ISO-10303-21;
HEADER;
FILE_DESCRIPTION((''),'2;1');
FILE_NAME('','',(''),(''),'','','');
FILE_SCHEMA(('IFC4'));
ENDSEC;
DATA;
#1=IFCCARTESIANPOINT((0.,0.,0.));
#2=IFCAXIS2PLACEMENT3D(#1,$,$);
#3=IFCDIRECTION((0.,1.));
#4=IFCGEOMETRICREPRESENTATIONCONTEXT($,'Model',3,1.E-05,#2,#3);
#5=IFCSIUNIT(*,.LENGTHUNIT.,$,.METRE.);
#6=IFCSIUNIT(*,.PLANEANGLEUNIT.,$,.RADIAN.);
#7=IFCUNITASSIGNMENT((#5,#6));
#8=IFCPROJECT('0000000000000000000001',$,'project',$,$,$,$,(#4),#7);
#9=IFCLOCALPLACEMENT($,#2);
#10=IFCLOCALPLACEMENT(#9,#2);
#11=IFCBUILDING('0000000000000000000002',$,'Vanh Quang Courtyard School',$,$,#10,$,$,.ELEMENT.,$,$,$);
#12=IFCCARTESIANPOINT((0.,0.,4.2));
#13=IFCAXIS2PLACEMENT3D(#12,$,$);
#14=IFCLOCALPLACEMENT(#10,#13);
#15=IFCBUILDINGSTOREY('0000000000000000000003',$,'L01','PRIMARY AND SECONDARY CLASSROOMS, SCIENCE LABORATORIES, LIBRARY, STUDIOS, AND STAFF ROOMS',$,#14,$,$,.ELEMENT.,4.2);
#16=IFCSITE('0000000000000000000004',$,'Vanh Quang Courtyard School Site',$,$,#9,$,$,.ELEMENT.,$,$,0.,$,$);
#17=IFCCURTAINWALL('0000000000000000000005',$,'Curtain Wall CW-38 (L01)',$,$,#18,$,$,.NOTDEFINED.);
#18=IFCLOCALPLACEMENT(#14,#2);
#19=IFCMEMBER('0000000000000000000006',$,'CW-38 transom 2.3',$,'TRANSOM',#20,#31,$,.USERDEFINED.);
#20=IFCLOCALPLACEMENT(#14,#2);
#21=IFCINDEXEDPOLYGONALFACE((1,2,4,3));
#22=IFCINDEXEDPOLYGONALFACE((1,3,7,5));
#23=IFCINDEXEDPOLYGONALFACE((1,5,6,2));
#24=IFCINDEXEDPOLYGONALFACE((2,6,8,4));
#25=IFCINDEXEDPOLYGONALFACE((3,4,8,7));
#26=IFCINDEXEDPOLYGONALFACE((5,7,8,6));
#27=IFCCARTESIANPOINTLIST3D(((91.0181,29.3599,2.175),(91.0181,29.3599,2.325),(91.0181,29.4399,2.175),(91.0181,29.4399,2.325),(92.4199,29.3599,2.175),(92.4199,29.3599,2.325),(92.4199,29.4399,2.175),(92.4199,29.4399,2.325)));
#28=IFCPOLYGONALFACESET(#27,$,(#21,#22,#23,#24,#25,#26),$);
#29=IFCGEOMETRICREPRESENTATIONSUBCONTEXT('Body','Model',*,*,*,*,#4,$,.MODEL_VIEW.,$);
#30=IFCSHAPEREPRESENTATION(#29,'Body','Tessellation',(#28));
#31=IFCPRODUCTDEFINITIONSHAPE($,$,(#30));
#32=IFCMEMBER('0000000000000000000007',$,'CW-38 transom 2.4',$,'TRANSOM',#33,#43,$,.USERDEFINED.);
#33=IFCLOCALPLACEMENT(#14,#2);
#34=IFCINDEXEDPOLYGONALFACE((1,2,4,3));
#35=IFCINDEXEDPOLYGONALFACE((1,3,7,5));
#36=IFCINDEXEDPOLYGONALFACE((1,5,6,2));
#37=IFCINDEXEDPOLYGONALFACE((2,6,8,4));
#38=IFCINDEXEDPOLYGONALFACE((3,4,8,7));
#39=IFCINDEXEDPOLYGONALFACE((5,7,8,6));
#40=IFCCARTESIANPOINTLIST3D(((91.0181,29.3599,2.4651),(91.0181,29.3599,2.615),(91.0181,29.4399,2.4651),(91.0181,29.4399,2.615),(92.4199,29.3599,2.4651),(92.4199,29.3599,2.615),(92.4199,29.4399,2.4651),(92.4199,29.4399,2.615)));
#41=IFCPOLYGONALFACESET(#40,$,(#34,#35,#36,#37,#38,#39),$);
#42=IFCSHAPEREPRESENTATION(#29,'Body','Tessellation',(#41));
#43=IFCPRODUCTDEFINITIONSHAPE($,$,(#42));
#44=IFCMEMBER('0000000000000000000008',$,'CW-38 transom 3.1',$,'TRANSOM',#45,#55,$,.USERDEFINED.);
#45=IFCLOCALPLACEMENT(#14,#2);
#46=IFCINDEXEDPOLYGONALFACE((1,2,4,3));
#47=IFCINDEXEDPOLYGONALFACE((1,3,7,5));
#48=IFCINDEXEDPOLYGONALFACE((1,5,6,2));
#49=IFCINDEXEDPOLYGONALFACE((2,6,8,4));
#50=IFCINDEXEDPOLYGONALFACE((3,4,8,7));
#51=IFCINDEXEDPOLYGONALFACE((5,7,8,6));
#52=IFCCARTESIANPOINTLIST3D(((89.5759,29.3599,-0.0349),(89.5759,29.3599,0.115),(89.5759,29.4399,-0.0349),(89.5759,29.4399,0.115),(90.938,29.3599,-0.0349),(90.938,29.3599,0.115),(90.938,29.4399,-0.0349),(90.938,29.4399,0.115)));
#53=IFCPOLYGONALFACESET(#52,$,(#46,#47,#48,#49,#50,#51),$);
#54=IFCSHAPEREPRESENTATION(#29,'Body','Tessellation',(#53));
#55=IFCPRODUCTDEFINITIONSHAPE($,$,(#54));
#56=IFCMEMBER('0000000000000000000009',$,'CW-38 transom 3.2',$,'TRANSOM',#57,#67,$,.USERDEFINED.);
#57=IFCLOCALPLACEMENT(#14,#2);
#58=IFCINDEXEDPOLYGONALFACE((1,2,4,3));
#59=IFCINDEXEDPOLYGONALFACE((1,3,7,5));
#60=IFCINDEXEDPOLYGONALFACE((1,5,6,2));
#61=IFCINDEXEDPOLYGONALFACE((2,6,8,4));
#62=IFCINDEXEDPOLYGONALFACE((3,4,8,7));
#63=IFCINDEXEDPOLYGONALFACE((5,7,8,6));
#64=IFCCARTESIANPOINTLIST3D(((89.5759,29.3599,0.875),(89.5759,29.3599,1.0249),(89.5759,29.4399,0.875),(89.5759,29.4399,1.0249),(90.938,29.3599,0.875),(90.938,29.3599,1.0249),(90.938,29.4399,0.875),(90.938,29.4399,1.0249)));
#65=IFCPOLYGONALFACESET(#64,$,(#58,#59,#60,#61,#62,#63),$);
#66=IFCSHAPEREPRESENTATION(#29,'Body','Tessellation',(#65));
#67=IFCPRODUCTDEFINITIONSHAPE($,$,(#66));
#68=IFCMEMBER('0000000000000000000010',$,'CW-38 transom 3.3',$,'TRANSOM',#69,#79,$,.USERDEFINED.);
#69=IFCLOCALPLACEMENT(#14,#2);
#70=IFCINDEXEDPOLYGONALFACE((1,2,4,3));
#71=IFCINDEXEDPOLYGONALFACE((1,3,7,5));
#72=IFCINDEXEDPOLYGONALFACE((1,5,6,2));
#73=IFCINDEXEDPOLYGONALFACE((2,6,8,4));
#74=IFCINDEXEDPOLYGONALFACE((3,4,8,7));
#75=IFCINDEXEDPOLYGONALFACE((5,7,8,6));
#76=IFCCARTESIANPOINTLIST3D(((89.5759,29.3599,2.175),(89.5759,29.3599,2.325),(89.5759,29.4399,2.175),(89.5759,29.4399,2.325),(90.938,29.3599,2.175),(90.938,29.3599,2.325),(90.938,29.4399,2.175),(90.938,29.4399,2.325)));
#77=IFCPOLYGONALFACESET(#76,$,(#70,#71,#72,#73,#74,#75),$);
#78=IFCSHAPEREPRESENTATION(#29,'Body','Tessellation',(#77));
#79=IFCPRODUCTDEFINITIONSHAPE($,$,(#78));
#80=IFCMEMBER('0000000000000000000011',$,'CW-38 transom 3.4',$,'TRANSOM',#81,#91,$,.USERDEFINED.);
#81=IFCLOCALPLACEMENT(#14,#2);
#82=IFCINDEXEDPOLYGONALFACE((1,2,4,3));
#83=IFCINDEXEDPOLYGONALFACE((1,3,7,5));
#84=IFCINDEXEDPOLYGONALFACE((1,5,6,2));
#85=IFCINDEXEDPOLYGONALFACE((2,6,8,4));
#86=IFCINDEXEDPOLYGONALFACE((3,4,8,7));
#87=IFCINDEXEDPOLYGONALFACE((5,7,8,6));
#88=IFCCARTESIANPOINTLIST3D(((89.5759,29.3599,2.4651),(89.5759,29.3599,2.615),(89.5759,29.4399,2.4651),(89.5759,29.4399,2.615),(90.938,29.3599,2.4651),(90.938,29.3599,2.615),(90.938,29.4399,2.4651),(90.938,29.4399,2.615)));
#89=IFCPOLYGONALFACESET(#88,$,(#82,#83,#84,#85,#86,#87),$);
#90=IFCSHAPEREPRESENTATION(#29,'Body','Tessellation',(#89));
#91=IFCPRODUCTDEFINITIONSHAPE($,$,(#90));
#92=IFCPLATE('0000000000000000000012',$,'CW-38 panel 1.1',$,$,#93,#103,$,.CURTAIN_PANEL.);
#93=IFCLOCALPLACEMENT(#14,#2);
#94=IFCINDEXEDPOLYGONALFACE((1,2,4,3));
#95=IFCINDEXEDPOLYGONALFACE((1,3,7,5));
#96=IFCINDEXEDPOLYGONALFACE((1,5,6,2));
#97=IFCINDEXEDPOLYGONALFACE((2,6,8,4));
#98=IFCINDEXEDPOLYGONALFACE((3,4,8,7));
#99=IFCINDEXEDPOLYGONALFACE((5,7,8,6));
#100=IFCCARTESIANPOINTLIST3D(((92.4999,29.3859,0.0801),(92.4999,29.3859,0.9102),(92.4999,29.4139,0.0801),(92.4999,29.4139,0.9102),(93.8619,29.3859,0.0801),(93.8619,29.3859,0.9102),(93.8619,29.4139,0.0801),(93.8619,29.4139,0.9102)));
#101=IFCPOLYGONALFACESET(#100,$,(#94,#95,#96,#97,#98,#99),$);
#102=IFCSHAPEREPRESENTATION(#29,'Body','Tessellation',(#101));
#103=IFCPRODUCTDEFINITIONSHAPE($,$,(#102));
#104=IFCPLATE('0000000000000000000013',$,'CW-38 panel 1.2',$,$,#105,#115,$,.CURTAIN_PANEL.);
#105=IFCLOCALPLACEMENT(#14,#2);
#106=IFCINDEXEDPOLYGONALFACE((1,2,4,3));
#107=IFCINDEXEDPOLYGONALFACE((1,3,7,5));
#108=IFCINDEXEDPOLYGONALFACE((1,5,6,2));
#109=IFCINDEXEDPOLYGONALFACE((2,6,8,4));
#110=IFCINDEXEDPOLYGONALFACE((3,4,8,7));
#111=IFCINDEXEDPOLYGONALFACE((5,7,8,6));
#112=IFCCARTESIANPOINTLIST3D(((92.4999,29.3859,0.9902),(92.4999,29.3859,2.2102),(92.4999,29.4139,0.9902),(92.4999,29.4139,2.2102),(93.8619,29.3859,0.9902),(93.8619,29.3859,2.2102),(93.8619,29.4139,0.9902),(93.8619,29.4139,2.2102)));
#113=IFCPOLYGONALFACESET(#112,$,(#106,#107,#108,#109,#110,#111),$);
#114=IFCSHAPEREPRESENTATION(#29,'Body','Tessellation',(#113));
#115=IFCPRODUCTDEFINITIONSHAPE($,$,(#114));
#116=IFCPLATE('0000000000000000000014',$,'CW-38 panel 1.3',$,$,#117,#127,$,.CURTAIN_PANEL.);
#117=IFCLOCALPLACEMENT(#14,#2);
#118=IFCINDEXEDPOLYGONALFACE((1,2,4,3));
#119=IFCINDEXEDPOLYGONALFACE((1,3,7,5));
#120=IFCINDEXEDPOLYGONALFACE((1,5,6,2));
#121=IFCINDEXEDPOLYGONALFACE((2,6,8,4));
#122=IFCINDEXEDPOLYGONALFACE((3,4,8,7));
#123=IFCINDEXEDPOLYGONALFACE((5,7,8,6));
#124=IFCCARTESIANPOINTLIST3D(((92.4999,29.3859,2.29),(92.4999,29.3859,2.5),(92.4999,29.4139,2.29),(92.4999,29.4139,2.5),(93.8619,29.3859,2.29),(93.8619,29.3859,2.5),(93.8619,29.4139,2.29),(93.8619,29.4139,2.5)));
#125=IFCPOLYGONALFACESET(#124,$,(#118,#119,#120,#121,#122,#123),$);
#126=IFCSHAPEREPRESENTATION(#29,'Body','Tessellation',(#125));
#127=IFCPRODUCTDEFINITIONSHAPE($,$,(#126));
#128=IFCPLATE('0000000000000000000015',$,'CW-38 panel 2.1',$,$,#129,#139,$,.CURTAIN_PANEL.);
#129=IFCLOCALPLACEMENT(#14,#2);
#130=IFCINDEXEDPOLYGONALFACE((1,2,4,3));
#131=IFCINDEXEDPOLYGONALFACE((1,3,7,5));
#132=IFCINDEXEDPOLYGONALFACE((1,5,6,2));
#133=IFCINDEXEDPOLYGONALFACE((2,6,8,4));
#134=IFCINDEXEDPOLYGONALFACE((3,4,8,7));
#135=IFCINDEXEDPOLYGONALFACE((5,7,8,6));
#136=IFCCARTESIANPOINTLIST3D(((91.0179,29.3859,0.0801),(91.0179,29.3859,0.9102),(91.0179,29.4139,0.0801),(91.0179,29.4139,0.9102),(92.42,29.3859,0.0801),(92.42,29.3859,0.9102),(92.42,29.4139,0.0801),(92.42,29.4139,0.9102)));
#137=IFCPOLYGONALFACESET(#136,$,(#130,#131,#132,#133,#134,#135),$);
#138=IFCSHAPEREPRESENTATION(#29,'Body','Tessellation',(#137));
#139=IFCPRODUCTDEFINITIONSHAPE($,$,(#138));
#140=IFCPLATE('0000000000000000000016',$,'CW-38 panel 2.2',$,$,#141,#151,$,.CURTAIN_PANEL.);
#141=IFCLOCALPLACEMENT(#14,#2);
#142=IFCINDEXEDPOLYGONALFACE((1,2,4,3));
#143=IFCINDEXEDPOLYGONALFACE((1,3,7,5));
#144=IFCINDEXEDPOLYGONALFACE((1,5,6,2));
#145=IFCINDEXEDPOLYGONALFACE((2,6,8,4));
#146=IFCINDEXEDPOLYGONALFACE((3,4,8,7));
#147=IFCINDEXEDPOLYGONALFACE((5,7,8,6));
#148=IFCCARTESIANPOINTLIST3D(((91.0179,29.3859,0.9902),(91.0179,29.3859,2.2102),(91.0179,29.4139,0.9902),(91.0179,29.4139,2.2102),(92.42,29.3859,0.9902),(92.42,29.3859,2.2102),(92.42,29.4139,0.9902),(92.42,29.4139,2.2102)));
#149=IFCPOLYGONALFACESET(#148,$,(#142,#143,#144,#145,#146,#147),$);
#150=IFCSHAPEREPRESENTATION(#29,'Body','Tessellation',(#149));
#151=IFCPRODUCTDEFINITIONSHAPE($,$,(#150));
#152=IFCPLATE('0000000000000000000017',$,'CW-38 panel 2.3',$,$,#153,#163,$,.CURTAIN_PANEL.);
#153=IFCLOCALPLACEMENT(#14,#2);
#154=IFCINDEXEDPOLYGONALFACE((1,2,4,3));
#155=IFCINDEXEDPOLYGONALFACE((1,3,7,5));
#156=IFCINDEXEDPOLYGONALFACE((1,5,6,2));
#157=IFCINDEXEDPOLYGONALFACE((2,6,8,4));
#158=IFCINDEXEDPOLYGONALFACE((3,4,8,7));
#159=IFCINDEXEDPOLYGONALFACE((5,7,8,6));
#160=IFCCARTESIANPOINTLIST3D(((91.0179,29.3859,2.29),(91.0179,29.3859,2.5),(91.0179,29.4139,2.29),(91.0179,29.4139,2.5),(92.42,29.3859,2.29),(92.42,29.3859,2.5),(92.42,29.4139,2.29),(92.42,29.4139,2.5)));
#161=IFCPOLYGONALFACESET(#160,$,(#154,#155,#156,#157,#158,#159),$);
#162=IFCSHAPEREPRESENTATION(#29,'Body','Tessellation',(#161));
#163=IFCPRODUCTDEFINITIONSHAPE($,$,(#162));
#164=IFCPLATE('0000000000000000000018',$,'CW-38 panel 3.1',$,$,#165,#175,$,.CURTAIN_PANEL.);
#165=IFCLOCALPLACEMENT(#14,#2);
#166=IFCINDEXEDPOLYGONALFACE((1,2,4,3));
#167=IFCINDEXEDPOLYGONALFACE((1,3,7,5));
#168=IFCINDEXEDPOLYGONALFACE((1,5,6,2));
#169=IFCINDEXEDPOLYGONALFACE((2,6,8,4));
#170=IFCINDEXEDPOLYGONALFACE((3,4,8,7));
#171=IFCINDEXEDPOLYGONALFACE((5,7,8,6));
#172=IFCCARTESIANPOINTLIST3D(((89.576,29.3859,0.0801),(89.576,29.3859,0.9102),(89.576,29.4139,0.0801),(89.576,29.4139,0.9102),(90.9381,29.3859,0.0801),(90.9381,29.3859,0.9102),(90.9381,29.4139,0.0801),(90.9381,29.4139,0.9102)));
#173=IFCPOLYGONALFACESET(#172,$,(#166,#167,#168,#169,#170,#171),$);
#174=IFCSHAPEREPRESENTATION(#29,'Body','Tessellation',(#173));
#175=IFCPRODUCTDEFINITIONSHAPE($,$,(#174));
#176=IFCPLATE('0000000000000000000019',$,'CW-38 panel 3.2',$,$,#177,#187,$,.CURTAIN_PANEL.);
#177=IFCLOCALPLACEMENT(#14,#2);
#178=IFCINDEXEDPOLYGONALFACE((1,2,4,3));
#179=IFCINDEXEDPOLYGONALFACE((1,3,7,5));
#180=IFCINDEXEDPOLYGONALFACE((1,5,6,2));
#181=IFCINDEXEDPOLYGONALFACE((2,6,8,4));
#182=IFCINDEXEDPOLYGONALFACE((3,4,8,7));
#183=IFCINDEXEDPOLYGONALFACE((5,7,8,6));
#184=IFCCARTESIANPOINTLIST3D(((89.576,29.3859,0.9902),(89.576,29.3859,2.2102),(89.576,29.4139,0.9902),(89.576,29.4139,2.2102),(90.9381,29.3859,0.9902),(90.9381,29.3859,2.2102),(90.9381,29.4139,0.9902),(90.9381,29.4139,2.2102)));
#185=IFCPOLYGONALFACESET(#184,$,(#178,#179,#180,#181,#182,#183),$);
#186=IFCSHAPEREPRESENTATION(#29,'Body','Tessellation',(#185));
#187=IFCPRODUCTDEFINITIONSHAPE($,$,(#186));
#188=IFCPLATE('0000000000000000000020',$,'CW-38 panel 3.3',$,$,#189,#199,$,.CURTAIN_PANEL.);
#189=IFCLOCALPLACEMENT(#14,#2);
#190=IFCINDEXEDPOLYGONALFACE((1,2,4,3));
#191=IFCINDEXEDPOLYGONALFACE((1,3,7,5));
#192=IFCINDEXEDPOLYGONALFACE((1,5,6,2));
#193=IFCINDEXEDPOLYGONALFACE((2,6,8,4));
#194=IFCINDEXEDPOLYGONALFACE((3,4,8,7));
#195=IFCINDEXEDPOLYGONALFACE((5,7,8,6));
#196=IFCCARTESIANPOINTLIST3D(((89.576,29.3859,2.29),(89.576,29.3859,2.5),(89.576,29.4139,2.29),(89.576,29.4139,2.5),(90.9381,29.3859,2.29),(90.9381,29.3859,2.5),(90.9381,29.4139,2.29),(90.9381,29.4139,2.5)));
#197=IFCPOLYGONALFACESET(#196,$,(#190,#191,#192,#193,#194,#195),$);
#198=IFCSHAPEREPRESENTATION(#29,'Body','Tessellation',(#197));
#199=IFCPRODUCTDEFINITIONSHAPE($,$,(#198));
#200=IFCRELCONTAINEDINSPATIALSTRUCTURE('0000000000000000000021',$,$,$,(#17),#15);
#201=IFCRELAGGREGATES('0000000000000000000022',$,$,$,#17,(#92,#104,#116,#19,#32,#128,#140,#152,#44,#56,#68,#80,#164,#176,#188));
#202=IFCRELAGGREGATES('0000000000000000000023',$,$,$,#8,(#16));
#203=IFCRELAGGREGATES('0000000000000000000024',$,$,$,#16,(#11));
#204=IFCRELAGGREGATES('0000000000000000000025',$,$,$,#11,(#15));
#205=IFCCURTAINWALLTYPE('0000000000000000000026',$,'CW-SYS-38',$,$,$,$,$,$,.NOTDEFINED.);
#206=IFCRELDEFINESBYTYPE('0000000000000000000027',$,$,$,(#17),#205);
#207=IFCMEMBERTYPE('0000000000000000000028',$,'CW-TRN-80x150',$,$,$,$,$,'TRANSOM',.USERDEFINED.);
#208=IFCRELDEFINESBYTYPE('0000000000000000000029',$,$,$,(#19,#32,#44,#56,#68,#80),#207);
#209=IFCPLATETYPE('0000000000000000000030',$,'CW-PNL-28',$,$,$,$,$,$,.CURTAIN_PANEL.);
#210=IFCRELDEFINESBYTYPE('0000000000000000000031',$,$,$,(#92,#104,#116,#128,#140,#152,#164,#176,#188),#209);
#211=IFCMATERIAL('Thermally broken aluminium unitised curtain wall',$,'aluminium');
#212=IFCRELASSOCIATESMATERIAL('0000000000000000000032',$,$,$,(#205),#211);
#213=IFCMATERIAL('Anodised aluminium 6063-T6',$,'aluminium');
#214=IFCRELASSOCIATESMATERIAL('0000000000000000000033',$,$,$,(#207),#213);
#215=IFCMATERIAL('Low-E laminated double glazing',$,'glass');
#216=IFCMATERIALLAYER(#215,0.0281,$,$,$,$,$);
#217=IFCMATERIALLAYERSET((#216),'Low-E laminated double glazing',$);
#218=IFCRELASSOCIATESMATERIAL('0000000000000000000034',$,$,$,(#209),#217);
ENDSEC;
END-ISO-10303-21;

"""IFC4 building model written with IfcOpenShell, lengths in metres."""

from ifc_helpers import new_model, si_unit, direction, frame, origin, origin_2d, place, context, subcontext, project, spatial, rectangle, extrude, material, layer, layer_set, material_profile, profile_set, type_object, element, aggregate, save


model = new_model("IFC4")

# Units and contexts
model_context = context("Model", 3, precision=1e-05, world=origin(), true_north=direction((0.0, 1.0)))
body_context = subcontext(model_context, "Body", "Model", "MODEL_VIEW")
ifc_project = project(units=[si_unit("LENGTHUNIT", "METRE"), si_unit("PLANEANGLEUNIT", "RADIAN")], contexts=[model_context])

# Site, building, storey
site_placement = place(None, origin())
site = spatial("IfcSite", under=ifc_project, at=site_placement, Name="Vanh Quang Courtyard School Site", CompositionType="ELEMENT", RefElevation=0.0)
building_placement = place(site_placement, origin())
building = spatial("IfcBuilding", under=site, at=building_placement, Name="Vanh Quang Courtyard School", CompositionType="ELEMENT")
storey_placement = place(building_placement, frame((0.0, 0.0, 4.2)))
storey = spatial("IfcBuildingStorey", under=building, at=storey_placement, Name="L01", Description="PRIMARY AND SECONDARY CLASSROOMS, SCIENCE LABORATORIES, LIBRARY, STUDIOS, AND STAFF ROOMS", CompositionType="ELEMENT", Elevation=4.2)

# Shared definitions
ifc_material_1 = material(Name="Thermally broken aluminium unitised curtain wall", Category="aluminium")
curtain_wall_type = type_object("IfcCurtainWallType", Name="CW-SYS-38", PredefinedType="NOTDEFINED", material=ifc_material_1)
ifc_material_2 = material(Name="Anodised aluminium 6063-T6", Category="aluminium")

# Curtain wall
curtain_wall_1_placement = place(storey_placement, origin())
curtain_wall_1 = element("IfcCurtainWall", 1, at=curtain_wall_1_placement, inside=storey, type_object=curtain_wall_type, Name="Curtain Wall CW-38 (L01)", PredefinedType="NOTDEFINED")

# Members
ifc_material_profile_1 = material_profile(ifc_material_2, rectangle(XDim=0.0801, YDim=0.1499, at=origin_2d()), Name="ALU-TRN 80x150")
ifc_profile_set_1 = profile_set([ifc_material_profile_1], Name="Anodised aluminium 6063-T6")
member_type_1 = type_object("IfcMemberType", Name="CW-TRN-80x150", ElementType="TRANSOM", PredefinedType="USERDEFINED", material=ifc_profile_set_1)
member_1_placement = place(storey_placement, frame((92.4199, 29.3999, 2.25), z_axis=(-1.0, 0.0, 0.0), x_axis=(0.0, -1.0, 0.0)))
member_1 = element("IfcMember", 2, at=member_1_placement, type_object=member_type_1, Name="CW-38 transom 2.3", ObjectType="TRANSOM", PredefinedType="USERDEFINED", context=body_context, shape_type="SweptSolid", body=[
    extrude(rectangle(XDim=0.0801, YDim=0.1499, at=origin_2d()), origin(), (0.0, 0.0, 1.0), 1.4019),
])
member_2_placement = place(storey_placement, frame((92.4199, 29.3999, 2.54), z_axis=(-1.0, 0.0, 0.0), x_axis=(0.0, -1.0, 0.0)))
member_2 = element("IfcMember", 3, at=member_2_placement, type_object=member_type_1, Name="CW-38 transom 2.4", ObjectType="TRANSOM", PredefinedType="USERDEFINED", context=body_context, shape_type="SweptSolid", body=[
    extrude(rectangle(XDim=0.0801, YDim=0.1499, at=origin_2d()), origin(), (0.0, 0.0, 1.0), 1.4019),
])
member_3_placement = place(storey_placement, frame((90.938, 29.3999, 0.04), z_axis=(-1.0, 0.0, 0.0), x_axis=(0.0, -1.0, 0.0)))
member_3 = element("IfcMember", 4, at=member_3_placement, type_object=member_type_1, Name="CW-38 transom 3.1", ObjectType="TRANSOM", PredefinedType="USERDEFINED", context=body_context, shape_type="SweptSolid", body=[
    extrude(rectangle(XDim=0.0801, YDim=0.1499, at=origin_2d()), origin(), (0.0, 0.0, 1.0), 1.3621),
])
member_4_placement = place(storey_placement, frame((90.938, 29.3999, 0.95), z_axis=(-1.0, 0.0, 0.0), x_axis=(0.0, -1.0, 0.0)))
member_4 = element("IfcMember", 5, at=member_4_placement, type_object=member_type_1, Name="CW-38 transom 3.2", ObjectType="TRANSOM", PredefinedType="USERDEFINED", context=body_context, shape_type="SweptSolid", body=[
    extrude(rectangle(XDim=0.0801, YDim=0.1499, at=origin_2d()), origin(), (0.0, 0.0, 1.0), 1.3621),
])
member_5_placement = place(storey_placement, frame((90.938, 29.3999, 2.25), z_axis=(-1.0, 0.0, 0.0), x_axis=(0.0, -1.0, 0.0)))
member_5 = element("IfcMember", 6, at=member_5_placement, type_object=member_type_1, Name="CW-38 transom 3.3", ObjectType="TRANSOM", PredefinedType="USERDEFINED", context=body_context, shape_type="SweptSolid", body=[
    extrude(rectangle(XDim=0.0801, YDim=0.1499, at=origin_2d()), origin(), (0.0, 0.0, 1.0), 1.3621),
])
member_6_placement = place(storey_placement, frame((90.938, 29.3999, 2.54), z_axis=(-1.0, 0.0, 0.0), x_axis=(0.0, -1.0, 0.0)))
member_6 = element("IfcMember", 7, at=member_6_placement, type_object=member_type_1, Name="CW-38 transom 3.4", ObjectType="TRANSOM", PredefinedType="USERDEFINED", context=body_context, shape_type="SweptSolid", body=[
    extrude(rectangle(XDim=0.0801, YDim=0.1499, at=origin_2d()), origin(), (0.0, 0.0, 1.0), 1.3621),
])

# Plates
ifc_material_3 = material(Name="Low-E laminated double glazing", Category="glass")
ifc_layer_1 = layer(ifc_material_3, 0.0281)
ifc_layer_set_1 = layer_set([ifc_layer_1], Name="Low-E laminated double glazing")
plate_type = type_object("IfcPlateType", Name="CW-PNL-28", PredefinedType="CURTAIN_PANEL", material=ifc_layer_set_1)
plate_1_placement = place(storey_placement, frame((93.1809, 29.3999, 0.0801), z_axis=(0.0, 0.0, 1.0), x_axis=(-1.0, 0.0, 0.0)))
plate_1 = element("IfcPlate", 8, at=plate_1_placement, type_object=plate_type, Name="CW-38 panel 1.1", PredefinedType="CURTAIN_PANEL", context=body_context, shape_type="SweptSolid", body=[
    extrude(rectangle(XDim=1.3621, YDim=0.0281, at=origin_2d()), origin(), (0.0, 0.0, 1.0), 0.8301),
])
plate_2_placement = place(storey_placement, frame((93.1809, 29.3999, 0.9902), z_axis=(0.0, 0.0, 1.0), x_axis=(-1.0, 0.0, 0.0)))
plate_2 = element("IfcPlate", 9, at=plate_2_placement, type_object=plate_type, Name="CW-38 panel 1.2", PredefinedType="CURTAIN_PANEL", context=body_context, shape_type="SweptSolid", body=[
    extrude(rectangle(XDim=1.3621, YDim=0.0281, at=origin_2d()), origin(), (0.0, 0.0, 1.0), 1.22),
])
plate_3_placement = place(storey_placement, frame((93.1809, 29.3999, 2.29), z_axis=(0.0, 0.0, 1.0), x_axis=(-1.0, 0.0, 0.0)))
plate_3 = element("IfcPlate", 10, at=plate_3_placement, type_object=plate_type, Name="CW-38 panel 1.3", PredefinedType="CURTAIN_PANEL", context=body_context, shape_type="SweptSolid", body=[
    extrude(rectangle(XDim=1.3621, YDim=0.0281, at=origin_2d()), origin(), (0.0, 0.0, 1.0), 0.21),
])
plate_4_placement = place(storey_placement, frame((91.719, 29.3999, 0.0801), z_axis=(0.0, 0.0, 1.0), x_axis=(-1.0, 0.0, 0.0)))
plate_4 = element("IfcPlate", 11, at=plate_4_placement, type_object=plate_type, Name="CW-38 panel 2.1", PredefinedType="CURTAIN_PANEL", context=body_context, shape_type="SweptSolid", body=[
    extrude(rectangle(XDim=1.4021, YDim=0.0281, at=origin_2d()), origin(), (0.0, 0.0, 1.0), 0.8301),
])
plate_5_placement = place(storey_placement, frame((91.719, 29.3999, 0.9902), z_axis=(0.0, 0.0, 1.0), x_axis=(-1.0, 0.0, 0.0)))
plate_5 = element("IfcPlate", 12, at=plate_5_placement, type_object=plate_type, Name="CW-38 panel 2.2", PredefinedType="CURTAIN_PANEL", context=body_context, shape_type="SweptSolid", body=[
    extrude(rectangle(XDim=1.4021, YDim=0.0281, at=origin_2d()), origin(), (0.0, 0.0, 1.0), 1.22),
])
plate_6_placement = place(storey_placement, frame((91.719, 29.3999, 2.29), z_axis=(0.0, 0.0, 1.0), x_axis=(-1.0, 0.0, 0.0)))
plate_6 = element("IfcPlate", 13, at=plate_6_placement, type_object=plate_type, Name="CW-38 panel 2.3", PredefinedType="CURTAIN_PANEL", context=body_context, shape_type="SweptSolid", body=[
    extrude(rectangle(XDim=1.4021, YDim=0.0281, at=origin_2d()), origin(), (0.0, 0.0, 1.0), 0.21),
])
plate_7_placement = place(storey_placement, frame((90.2571, 29.3999, 0.0801), z_axis=(0.0, 0.0, 1.0), x_axis=(-1.0, 0.0, 0.0)))
plate_7 = element("IfcPlate", 14, at=plate_7_placement, type_object=plate_type, Name="CW-38 panel 3.1", PredefinedType="CURTAIN_PANEL", context=body_context, shape_type="SweptSolid", body=[
    extrude(rectangle(XDim=1.3621, YDim=0.0281, at=origin_2d()), origin(), (0.0, 0.0, 1.0), 0.8301),
])
plate_8_placement = place(storey_placement, frame((90.2571, 29.3999, 0.9902), z_axis=(0.0, 0.0, 1.0), x_axis=(-1.0, 0.0, 0.0)))
plate_8 = element("IfcPlate", 15, at=plate_8_placement, type_object=plate_type, Name="CW-38 panel 3.2", PredefinedType="CURTAIN_PANEL", context=body_context, shape_type="SweptSolid", body=[
    extrude(rectangle(XDim=1.3621, YDim=0.0281, at=origin_2d()), origin(), (0.0, 0.0, 1.0), 1.22),
])
plate_9_placement = place(storey_placement, frame((90.2571, 29.3999, 2.29), z_axis=(0.0, 0.0, 1.0), x_axis=(-1.0, 0.0, 0.0)))
plate_9 = element("IfcPlate", 16, at=plate_9_placement, type_object=plate_type, Name="CW-38 panel 3.3", PredefinedType="CURTAIN_PANEL", context=body_context, shape_type="SweptSolid", body=[
    extrude(rectangle(XDim=1.3621, YDim=0.0281, at=origin_2d()), origin(), (0.0, 0.0, 1.0), 0.21),
])
aggregate(curtain_wall_1, [plate_1, plate_2, plate_3, member_1, member_2, plate_4, plate_5, plate_6, member_3, member_4, member_5, member_6, plate_7, plate_8, plate_9])

save(model, "model.ifc")
